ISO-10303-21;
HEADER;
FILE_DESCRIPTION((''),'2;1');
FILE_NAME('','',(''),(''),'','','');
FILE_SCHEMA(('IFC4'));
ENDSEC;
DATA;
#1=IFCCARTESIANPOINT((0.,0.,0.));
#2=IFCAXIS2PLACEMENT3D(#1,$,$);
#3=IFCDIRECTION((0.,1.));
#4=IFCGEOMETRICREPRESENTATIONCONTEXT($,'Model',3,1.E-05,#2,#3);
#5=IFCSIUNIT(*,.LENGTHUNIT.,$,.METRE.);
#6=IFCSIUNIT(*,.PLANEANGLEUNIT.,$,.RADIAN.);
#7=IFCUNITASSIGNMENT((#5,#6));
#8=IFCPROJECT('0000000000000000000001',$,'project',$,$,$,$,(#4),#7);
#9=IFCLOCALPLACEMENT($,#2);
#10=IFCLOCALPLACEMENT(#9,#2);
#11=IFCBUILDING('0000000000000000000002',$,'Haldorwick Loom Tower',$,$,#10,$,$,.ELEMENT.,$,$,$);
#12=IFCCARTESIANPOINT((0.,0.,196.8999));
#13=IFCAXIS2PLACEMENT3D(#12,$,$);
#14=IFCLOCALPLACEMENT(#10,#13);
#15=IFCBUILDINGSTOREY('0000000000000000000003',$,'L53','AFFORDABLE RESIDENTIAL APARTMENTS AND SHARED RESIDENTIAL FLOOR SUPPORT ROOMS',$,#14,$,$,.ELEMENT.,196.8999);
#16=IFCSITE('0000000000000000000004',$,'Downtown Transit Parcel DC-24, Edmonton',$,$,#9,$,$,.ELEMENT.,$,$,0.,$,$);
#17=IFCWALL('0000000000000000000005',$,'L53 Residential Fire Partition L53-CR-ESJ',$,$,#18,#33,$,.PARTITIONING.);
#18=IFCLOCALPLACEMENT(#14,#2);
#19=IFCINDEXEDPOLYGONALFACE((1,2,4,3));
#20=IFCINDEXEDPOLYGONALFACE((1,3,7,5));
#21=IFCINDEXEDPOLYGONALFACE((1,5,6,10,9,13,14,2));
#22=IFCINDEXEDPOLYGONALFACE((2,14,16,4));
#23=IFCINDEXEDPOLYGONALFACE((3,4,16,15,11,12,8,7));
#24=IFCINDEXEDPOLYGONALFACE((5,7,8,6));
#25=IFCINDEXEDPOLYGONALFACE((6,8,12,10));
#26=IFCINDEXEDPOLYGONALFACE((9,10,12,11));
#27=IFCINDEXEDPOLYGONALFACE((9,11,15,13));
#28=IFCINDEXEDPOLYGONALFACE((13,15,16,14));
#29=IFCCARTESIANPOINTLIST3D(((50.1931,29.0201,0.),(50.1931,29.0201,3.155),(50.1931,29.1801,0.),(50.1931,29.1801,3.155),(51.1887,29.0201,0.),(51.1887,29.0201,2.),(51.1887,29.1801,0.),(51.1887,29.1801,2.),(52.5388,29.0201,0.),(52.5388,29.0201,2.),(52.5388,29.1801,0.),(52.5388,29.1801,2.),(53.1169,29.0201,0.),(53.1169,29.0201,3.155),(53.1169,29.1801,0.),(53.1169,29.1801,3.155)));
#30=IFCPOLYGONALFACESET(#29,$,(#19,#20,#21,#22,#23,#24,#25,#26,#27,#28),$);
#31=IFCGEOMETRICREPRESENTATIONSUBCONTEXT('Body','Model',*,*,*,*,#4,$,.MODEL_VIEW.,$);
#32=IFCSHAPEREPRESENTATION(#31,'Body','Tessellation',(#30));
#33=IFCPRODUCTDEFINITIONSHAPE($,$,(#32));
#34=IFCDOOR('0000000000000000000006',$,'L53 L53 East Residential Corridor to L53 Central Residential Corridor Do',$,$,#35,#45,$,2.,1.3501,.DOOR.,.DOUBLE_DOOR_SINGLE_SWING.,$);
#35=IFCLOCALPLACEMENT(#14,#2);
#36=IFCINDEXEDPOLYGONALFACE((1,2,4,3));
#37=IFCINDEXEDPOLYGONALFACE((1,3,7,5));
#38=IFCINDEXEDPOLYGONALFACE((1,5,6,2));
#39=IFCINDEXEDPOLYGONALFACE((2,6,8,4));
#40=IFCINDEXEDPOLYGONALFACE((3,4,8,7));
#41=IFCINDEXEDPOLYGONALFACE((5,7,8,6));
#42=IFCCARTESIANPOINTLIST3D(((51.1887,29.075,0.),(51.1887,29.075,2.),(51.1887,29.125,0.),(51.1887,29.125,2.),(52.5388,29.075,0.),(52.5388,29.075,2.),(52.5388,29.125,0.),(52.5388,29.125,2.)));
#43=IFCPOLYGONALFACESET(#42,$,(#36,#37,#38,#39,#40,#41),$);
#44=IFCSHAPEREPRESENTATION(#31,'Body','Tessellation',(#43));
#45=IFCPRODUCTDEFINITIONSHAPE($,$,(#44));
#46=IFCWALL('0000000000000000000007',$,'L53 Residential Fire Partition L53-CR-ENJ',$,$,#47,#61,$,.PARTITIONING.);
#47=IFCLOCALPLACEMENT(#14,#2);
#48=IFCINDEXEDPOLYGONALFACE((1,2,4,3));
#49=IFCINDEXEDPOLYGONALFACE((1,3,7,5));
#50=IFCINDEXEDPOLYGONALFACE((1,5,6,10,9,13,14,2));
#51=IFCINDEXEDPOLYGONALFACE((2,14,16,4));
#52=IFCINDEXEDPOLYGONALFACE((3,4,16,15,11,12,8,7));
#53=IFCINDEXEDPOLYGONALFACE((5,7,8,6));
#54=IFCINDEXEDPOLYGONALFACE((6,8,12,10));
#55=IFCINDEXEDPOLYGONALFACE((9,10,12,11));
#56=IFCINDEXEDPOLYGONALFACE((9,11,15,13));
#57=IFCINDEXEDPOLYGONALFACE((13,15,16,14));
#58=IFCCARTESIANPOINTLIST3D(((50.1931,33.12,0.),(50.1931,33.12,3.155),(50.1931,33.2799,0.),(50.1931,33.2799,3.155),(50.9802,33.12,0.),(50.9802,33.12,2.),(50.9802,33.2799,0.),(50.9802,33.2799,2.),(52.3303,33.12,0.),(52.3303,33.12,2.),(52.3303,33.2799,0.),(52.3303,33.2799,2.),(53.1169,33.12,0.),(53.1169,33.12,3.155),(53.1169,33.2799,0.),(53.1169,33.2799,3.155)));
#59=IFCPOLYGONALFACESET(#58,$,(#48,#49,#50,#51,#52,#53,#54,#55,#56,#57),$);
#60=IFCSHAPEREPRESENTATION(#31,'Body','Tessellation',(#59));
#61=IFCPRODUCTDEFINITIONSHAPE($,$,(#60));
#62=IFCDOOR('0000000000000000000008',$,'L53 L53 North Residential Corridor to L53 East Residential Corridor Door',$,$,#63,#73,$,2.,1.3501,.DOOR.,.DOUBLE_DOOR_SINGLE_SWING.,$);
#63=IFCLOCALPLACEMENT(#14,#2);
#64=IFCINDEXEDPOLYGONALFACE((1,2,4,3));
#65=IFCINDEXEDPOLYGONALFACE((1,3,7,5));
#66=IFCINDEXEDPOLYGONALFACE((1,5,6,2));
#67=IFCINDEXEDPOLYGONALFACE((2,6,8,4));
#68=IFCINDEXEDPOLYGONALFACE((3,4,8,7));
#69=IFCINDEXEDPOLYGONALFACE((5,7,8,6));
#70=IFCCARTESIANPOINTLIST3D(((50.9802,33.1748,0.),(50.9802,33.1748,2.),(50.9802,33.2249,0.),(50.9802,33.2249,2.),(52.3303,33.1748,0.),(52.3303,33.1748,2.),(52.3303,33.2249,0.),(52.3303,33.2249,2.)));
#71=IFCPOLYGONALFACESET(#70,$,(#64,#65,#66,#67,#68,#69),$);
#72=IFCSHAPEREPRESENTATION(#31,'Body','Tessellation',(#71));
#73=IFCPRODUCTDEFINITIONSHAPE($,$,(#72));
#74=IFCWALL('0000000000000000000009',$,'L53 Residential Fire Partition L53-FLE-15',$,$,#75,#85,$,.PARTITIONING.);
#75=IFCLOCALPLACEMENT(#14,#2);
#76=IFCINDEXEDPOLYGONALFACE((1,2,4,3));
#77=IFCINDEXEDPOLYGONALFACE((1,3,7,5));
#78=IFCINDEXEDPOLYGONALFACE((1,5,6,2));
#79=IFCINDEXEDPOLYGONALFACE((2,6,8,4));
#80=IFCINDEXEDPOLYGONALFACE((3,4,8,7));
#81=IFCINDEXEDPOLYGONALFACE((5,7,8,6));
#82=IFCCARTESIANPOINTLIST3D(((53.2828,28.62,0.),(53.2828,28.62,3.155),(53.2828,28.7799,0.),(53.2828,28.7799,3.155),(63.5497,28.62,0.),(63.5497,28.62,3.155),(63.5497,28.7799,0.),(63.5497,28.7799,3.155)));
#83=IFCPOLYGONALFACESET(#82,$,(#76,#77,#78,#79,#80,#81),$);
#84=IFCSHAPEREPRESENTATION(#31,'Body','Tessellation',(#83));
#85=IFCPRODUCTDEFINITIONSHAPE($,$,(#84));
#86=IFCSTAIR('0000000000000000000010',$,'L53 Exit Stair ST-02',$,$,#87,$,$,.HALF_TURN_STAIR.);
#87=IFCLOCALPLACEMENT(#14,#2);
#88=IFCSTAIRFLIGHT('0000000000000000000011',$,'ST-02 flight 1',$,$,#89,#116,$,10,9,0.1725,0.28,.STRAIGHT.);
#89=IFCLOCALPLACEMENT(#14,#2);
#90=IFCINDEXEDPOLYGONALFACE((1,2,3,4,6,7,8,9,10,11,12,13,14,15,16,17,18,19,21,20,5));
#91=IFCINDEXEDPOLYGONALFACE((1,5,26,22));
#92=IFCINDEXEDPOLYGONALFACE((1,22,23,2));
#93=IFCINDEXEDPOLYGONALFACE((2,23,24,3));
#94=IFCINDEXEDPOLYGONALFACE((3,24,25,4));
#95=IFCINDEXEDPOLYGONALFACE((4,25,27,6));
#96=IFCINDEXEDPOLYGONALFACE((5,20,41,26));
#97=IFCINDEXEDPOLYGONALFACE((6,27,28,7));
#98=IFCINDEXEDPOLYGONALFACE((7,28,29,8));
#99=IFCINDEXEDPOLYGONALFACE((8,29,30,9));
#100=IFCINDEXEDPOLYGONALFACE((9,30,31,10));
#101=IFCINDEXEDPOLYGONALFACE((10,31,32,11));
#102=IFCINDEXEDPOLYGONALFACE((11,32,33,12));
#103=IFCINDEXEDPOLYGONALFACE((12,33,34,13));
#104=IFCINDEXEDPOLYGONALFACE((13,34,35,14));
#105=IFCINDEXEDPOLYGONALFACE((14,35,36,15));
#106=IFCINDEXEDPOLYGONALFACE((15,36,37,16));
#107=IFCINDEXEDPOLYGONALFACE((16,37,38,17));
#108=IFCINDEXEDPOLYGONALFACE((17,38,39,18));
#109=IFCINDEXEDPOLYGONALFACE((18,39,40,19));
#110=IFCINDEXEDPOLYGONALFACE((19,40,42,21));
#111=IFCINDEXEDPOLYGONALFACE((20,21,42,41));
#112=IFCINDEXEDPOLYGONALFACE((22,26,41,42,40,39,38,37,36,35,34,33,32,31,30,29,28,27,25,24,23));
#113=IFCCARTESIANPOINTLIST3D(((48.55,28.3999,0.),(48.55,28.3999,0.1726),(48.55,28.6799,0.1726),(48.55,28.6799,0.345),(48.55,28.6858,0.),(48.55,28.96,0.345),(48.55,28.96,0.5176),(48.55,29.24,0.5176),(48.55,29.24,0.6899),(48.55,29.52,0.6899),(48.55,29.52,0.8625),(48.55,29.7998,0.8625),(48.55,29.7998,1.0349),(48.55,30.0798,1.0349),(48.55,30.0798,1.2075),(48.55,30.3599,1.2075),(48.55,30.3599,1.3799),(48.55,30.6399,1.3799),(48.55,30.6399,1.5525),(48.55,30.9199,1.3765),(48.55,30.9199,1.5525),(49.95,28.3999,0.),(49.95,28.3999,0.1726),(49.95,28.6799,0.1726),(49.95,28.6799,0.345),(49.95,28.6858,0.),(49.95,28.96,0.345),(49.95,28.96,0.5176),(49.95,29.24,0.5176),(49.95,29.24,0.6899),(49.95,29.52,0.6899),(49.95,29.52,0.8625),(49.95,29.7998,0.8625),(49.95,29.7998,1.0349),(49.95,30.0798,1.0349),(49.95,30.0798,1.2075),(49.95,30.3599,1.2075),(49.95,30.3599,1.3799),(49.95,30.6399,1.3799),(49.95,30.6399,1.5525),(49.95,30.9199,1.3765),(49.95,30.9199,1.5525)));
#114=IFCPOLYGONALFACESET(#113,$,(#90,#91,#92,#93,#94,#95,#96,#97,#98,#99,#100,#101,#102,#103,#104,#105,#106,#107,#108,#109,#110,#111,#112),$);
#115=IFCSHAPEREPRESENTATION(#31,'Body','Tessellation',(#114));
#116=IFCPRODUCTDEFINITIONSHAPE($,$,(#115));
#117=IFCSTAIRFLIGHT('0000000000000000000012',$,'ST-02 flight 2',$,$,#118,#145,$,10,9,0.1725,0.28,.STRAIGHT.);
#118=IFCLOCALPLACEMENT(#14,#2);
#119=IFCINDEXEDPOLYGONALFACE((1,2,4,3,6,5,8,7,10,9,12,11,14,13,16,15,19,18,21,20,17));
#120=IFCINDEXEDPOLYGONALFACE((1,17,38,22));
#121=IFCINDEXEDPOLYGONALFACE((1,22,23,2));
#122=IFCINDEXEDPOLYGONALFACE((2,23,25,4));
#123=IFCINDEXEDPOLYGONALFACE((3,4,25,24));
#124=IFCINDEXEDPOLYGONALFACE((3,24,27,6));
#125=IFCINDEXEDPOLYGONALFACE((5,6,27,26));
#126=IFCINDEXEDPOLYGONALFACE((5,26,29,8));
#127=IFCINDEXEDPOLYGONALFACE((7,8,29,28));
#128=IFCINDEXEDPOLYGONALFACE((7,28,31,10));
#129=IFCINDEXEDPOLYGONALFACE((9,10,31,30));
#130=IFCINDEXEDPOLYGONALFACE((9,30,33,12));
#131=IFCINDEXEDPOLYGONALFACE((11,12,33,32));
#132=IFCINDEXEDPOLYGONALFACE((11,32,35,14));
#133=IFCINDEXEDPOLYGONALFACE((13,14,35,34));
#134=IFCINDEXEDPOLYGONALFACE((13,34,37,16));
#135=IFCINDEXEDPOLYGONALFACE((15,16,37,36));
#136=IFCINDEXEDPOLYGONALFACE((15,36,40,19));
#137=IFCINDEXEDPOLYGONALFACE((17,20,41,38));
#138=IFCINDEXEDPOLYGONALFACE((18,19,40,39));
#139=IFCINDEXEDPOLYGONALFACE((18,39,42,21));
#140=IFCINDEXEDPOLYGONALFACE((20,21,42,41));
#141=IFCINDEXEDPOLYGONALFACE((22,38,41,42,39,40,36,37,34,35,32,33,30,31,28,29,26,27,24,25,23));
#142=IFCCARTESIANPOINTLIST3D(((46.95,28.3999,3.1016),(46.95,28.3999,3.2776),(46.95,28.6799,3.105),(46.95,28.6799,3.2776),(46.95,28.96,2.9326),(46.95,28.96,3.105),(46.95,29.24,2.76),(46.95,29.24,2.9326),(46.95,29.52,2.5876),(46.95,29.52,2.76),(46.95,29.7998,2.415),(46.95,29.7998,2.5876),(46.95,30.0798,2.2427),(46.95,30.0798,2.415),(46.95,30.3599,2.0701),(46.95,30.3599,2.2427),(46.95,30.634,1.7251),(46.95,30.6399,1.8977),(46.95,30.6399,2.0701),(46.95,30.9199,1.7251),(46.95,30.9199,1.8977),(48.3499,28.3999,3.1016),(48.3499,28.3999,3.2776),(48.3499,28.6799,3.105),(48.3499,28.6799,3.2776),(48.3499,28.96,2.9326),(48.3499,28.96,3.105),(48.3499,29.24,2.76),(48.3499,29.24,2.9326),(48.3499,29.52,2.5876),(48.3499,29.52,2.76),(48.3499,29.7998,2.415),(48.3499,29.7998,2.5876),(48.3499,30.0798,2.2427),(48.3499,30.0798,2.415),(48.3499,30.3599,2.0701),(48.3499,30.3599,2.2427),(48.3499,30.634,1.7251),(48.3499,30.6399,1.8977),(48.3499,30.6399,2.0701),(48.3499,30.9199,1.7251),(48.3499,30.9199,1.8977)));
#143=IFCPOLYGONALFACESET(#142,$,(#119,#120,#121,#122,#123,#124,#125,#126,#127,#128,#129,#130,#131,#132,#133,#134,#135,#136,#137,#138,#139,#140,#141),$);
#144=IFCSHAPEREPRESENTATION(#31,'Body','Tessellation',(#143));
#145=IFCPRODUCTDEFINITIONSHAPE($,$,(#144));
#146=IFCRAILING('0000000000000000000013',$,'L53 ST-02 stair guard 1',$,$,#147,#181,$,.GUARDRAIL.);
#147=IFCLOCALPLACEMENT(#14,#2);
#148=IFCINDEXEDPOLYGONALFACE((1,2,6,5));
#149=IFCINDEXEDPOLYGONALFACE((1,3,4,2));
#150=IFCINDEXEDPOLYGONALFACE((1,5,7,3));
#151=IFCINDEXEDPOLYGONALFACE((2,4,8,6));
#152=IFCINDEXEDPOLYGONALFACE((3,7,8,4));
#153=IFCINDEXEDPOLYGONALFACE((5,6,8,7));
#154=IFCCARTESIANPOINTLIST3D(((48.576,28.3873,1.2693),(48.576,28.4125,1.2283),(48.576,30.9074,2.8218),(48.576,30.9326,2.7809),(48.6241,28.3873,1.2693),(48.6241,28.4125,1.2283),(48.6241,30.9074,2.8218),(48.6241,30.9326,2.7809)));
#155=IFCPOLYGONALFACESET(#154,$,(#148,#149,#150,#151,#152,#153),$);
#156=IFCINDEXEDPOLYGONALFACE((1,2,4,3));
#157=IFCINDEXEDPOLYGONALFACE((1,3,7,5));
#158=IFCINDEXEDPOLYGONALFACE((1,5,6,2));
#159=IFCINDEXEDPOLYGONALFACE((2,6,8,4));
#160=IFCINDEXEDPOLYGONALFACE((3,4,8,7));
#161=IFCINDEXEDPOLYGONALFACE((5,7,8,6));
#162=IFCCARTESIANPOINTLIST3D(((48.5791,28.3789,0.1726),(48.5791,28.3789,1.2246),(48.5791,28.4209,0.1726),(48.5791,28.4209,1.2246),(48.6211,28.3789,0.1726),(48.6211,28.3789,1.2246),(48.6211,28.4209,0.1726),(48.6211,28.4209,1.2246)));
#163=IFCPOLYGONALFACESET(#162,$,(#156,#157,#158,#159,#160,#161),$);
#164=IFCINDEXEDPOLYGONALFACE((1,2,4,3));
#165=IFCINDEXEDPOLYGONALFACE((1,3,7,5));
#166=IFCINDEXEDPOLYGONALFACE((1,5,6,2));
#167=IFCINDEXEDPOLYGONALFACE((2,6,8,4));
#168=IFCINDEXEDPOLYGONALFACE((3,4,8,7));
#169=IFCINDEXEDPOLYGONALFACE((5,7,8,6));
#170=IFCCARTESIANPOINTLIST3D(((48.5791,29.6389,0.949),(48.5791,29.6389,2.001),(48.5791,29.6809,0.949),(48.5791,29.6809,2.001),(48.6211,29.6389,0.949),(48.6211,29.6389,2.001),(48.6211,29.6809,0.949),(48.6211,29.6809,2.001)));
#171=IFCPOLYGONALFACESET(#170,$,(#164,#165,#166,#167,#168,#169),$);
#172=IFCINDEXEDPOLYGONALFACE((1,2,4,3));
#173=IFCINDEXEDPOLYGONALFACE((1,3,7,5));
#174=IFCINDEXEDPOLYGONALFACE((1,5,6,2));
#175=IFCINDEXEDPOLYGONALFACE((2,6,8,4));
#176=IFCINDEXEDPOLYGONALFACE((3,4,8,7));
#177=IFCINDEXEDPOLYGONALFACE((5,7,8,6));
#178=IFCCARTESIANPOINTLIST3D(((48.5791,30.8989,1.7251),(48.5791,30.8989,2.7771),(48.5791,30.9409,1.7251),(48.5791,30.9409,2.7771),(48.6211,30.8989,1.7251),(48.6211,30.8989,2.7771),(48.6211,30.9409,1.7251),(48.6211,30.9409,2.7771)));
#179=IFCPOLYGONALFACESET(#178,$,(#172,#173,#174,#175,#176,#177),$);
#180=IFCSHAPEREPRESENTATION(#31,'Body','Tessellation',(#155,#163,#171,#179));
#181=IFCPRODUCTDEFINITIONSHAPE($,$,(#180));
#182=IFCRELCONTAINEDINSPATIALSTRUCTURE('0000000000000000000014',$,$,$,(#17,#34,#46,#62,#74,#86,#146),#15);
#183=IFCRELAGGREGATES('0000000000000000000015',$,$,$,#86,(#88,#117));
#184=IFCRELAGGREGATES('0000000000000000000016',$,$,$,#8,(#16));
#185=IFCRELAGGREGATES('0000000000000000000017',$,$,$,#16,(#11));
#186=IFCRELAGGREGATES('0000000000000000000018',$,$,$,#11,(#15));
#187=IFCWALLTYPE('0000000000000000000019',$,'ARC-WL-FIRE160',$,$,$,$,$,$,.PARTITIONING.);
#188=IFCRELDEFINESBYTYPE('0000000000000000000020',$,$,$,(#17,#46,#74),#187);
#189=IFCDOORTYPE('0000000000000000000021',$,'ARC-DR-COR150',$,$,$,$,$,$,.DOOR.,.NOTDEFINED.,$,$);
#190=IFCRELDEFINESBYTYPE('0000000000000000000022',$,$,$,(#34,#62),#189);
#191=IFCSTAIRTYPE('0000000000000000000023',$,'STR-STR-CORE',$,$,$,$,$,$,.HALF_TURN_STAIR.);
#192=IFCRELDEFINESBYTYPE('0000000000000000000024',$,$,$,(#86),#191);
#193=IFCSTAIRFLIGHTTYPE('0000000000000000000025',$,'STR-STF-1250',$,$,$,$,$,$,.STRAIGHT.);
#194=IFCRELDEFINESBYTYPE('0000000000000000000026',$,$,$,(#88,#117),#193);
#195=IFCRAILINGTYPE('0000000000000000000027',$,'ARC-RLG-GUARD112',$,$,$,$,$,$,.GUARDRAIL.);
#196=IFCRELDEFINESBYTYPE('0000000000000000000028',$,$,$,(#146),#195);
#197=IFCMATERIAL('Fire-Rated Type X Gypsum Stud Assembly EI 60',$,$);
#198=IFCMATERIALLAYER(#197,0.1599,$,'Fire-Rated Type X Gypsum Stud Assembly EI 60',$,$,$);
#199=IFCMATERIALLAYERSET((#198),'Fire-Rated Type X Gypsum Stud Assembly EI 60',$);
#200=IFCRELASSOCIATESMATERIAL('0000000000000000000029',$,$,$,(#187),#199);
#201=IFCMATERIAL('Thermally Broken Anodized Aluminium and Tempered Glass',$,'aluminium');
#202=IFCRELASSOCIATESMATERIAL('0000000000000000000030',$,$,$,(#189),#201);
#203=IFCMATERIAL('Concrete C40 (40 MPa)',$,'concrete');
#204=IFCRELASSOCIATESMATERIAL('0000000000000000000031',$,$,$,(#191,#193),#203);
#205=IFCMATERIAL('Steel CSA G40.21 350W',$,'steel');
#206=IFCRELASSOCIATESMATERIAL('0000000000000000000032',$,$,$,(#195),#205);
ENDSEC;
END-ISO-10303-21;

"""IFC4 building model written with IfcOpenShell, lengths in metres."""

from ifc_helpers import new_model, si_unit, direction, frame, frame_2d, origin, origin_2d, place, context, subcontext, project, spatial, polyline, rectangle, outline, extrude, material, layer, layer_set, type_object, element, fill, aggregate, save


model = new_model("IFC4")

# Units and contexts
model_context = context("Model", 3, precision=1e-05, world=origin(), true_north=direction((0.0, 1.0)))
body_context = subcontext(model_context, "Body", "Model", "MODEL_VIEW")
ifc_project = project(units=[si_unit("LENGTHUNIT", "METRE"), si_unit("PLANEANGLEUNIT", "RADIAN")], contexts=[model_context])

# Site, building, storey
site_placement = place(None, origin())
site = spatial("IfcSite", under=ifc_project, at=site_placement, Name="Downtown Transit Parcel DC-24, Edmonton", CompositionType="ELEMENT", RefElevation=0.0)
building_placement = place(site_placement, origin())
building = spatial("IfcBuilding", under=site, at=building_placement, Name="Haldorwick Loom Tower", CompositionType="ELEMENT")
storey_placement = place(building_placement, frame((0.0, 0.0, 196.8999)))
storey = spatial("IfcBuildingStorey", under=building, at=storey_placement, Name="L53", Description="AFFORDABLE RESIDENTIAL APARTMENTS AND SHARED RESIDENTIAL FLOOR SUPPORT ROOMS", CompositionType="ELEMENT", Elevation=196.8999)

# Shared definitions
ifc_material_1 = material(Name="Steel CSA G40.21 350W", Category="steel")

# Walls, openings, doors
ifc_material_2 = material(Name="Fire-Rated Type X Gypsum Stud Assembly EI 60")
ifc_layer_1 = layer(ifc_material_2, 0.1599, Name="Fire-Rated Type X Gypsum Stud Assembly EI 60")
ifc_layer_set_1 = layer_set([ifc_layer_1], Name="Fire-Rated Type X Gypsum Stud Assembly EI 60")
wall_type_1 = type_object("IfcWallType", Name="ARC-WL-FIRE160", PredefinedType="PARTITIONING", material=ifc_layer_set_1)
wall_1_placement = place(storey_placement, frame((50.1931, 29.1001, 0.0), z_axis=(0.0, 0.0, 1.0), x_axis=(1.0, 0.0, 0.0)))
wall_1 = element("IfcWall", 1, at=wall_1_placement, inside=storey, type_object=wall_type_1, Name="L53 Residential Fire Partition L53-CR-ESJ", PredefinedType="PARTITIONING", context=body_context, shape_type="SweptSolid", body=[
    extrude(rectangle(XDim=2.9238, YDim=0.1599, at=frame_2d((1.4619, 0.0))), origin(), (0.0, 0.0, 1.0), 3.155),
])
opening_1_placement = place(wall_1_placement, frame((0.9956, 0.0, 0.0)))
opening_1 = element("IfcOpeningElement", 2, at=opening_1_placement, cuts=wall_1, PredefinedType="OPENING", context=body_context, shape_type="SweptSolid", body=[
    extrude(rectangle(XDim=1.3501, YDim=2.0, at=frame_2d((0.675, 1.0))), frame((0.0, 0.0898, 0.0), z_axis=(0.0, -1.0, 0.0), x_axis=(1.0, 0.0, 0.0)), (0.0, 0.0, 1.0), 0.1799),
])
ifc_material_3 = material(Name="Thermally Broken Anodized Aluminium and Tempered Glass", Category="aluminium")
door_type = type_object("IfcDoorType", Name="ARC-DR-COR150", OperationType="NOTDEFINED", PredefinedType="DOOR", material=ifc_material_3)
door_1_placement = place(opening_1_placement, origin())
door_1 = element("IfcDoor", 3, at=door_1_placement, inside=storey, type_object=door_type, Name="L53 L53 East Residential Corridor to L53 Central Residential Corridor Do", OperationType="DOUBLE_DOOR_SINGLE_SWING", OverallHeight=2.0, OverallWidth=1.3501, PredefinedType="DOOR", context=body_context, shape_type="SweptSolid", body=[
    extrude(rectangle(XDim=1.3501, YDim=2.0, at=frame_2d((0.675, 1.0))), frame((0.0, 0.0249, 0.0), z_axis=(0.0, -1.0, 0.0), x_axis=(1.0, 0.0, 0.0)), (0.0, 0.0, 1.0), 0.05),
])
fill(opening_1, door_1)
wall_2_placement = place(storey_placement, frame((50.1931, 33.2, 0.0), z_axis=(0.0, 0.0, 1.0), x_axis=(1.0, 0.0, 0.0)))
wall_2 = element("IfcWall", 4, at=wall_2_placement, inside=storey, type_object=wall_type_1, Name="L53 Residential Fire Partition L53-CR-ENJ", PredefinedType="PARTITIONING", context=body_context, shape_type="SweptSolid", body=[
    extrude(rectangle(XDim=2.9238, YDim=0.1599, at=frame_2d((1.4619, 0.0))), origin(), (0.0, 0.0, 1.0), 3.155),
])
opening_2_placement = place(wall_2_placement, frame((0.7871, 0.0, 0.0)))
opening_2 = element("IfcOpeningElement", 5, at=opening_2_placement, cuts=wall_2, PredefinedType="OPENING", context=body_context, shape_type="SweptSolid", body=[
    extrude(rectangle(XDim=1.3501, YDim=2.0, at=frame_2d((0.675, 1.0))), frame((0.0, 0.0898, 0.0), z_axis=(0.0, -1.0, 0.0), x_axis=(1.0, 0.0, 0.0)), (0.0, 0.0, 1.0), 0.1799),
])
door_2_placement = place(opening_2_placement, origin())
door_2 = element("IfcDoor", 6, at=door_2_placement, inside=storey, type_object=door_type, Name="L53 L53 North Residential Corridor to L53 East Residential Corridor Door", OperationType="DOUBLE_DOOR_SINGLE_SWING", OverallHeight=2.0, OverallWidth=1.3501, PredefinedType="DOOR", context=body_context, shape_type="SweptSolid", body=[
    extrude(rectangle(XDim=1.3501, YDim=2.0, at=frame_2d((0.675, 1.0))), frame((0.0, 0.0249, 0.0), z_axis=(0.0, -1.0, 0.0), x_axis=(1.0, 0.0, 0.0)), (0.0, 0.0, 1.0), 0.05),
])
fill(opening_2, door_2)

# Wall
wall_3_placement = place(storey_placement, frame((53.283, 28.7, 0.0), z_axis=(0.0, 0.0, 1.0), x_axis=(1.0, 0.0, 0.0)))
element("IfcWall", 7, at=wall_3_placement, inside=storey, type_object=wall_type_1, Name="L53 Residential Fire Partition L53-FLE-15", PredefinedType="PARTITIONING", context=body_context, shape_type="SweptSolid", body=[
    extrude(rectangle(XDim=10.2668, YDim=0.1599, at=frame_2d((5.1333, 0.0))), origin(), (0.0, 0.0, 1.0), 3.155),
])

# Stair, stair flights
ifc_material_4 = material(Name="Concrete C40 (40 MPa)", Category="concrete")
stair_type = type_object("IfcStairType", Name="STR-STR-CORE", PredefinedType="HALF_TURN_STAIR", material=ifc_material_4)
stair_placement = place(storey_placement, origin())
stair = element("IfcStair", 8, at=stair_placement, inside=storey, type_object=stair_type, Name="L53 Exit Stair ST-02", PredefinedType="HALF_TURN_STAIR")
stair_flight_type = type_object("IfcStairFlightType", Name="STR-STF-1250", PredefinedType="STRAIGHT", material=ifc_material_4)
stair_flight_1_placement = place(storey_placement, frame((49.25, 28.3999, 0.0), z_axis=(0.0, 0.0, 1.0), x_axis=(0.0, 1.0, 0.0)))
stair_flight_1 = element("IfcStairFlight", 9, at=stair_flight_1_placement, type_object=stair_flight_type, Name="ST-02 flight 1", NumberOfRisers=10, NumberOfTreads=9, PredefinedType="STRAIGHT", RiserHeight=0.1725, TreadLength=0.28, context=body_context, shape_type="SweptSolid", body=[
    extrude(outline(polyline([(0.0, 0.0), (0.0, 0.1726), (0.28, 0.1726), (0.28, 0.345), (0.5601, 0.345), (0.5601, 0.5176), (0.8401, 0.5176), (0.8401, 0.6899), (1.1201, 0.6899), (1.1201, 0.8625), (1.3999, 0.8625), (1.3999, 1.0349), (1.6799, 1.0349), (1.6799, 1.2075), (1.96, 1.2075), (1.96, 1.3799), (2.24, 1.3799), (2.24, 1.5525), (2.52, 1.5525), (2.52, 1.7251), (2.52, 1.3765), (0.2859, 0.0), (0.0, 0.0)])), frame((0.0, 0.7, 0.0), z_axis=(0.0, -1.0, 0.0), x_axis=(1.0, 0.0, 0.0)), (0.0, 0.0, 1.0), 1.3999),
])
stair_flight_2_placement = place(storey_placement, frame((47.6499, 30.9199, 1.7251), z_axis=(0.0, 0.0, 1.0), x_axis=(0.0, -1.0, 0.0)))
stair_flight_2 = element("IfcStairFlight", 10, at=stair_flight_2_placement, type_object=stair_flight_type, Name="ST-02 flight 2", NumberOfRisers=10, NumberOfTreads=9, PredefinedType="STRAIGHT", RiserHeight=0.1725, TreadLength=0.28, context=body_context, shape_type="SweptSolid", body=[
    extrude(outline(polyline([(0.0, 0.0), (0.0, 0.1726), (0.28, 0.1726), (0.28, 0.345), (0.5601, 0.345), (0.5601, 0.5176), (0.8401, 0.5176), (0.8401, 0.6899), (1.1201, 0.6899), (1.1201, 0.8625), (1.3999, 0.8625), (1.3999, 1.0349), (1.6799, 1.0349), (1.6799, 1.2075), (1.96, 1.2075), (1.96, 1.3799), (2.24, 1.3799), (2.24, 1.5525), (2.52, 1.5525), (2.52, 1.7251), (2.52, 1.3765), (0.2859, 0.0), (0.0, 0.0)])), frame((0.0, 0.7, 0.0), z_axis=(0.0, -1.0, 0.0), x_axis=(1.0, 0.0, 0.0)), (0.0, 0.0, 1.0), 1.3999),
])
aggregate(stair, [stair_flight_1, stair_flight_2])

# Railing
railing_type_1 = type_object("IfcRailingType", Name="ARC-RLG-GUARD112", PredefinedType="GUARDRAIL", material=ifc_material_1)
railing_1_placement = place(storey_placement, frame((48.6001, 28.3999, 0.1726)))
element("IfcRailing", 11, at=railing_1_placement, inside=storey, type_object=railing_type_1, Name="L53 ST-02 stair guard 1", PredefinedType="GUARDRAIL", context=body_context, shape_type="SweptSolid", body=[
    extrude(rectangle(XDim=0.0481, YDim=0.0481, at=origin_2d()), frame((0.0, 0.0, 1.0762), z_axis=(0.0, 0.8514, 0.524516), x_axis=(-1.0, 0.0, 0.0)), (0.0, 0.0, 1.0), 2.96),
    extrude(rectangle(XDim=0.042, YDim=0.042, at=origin_2d()), origin(), (0.0, 0.0, 1.0), 1.052),
    extrude(rectangle(XDim=0.042, YDim=0.042, at=origin_2d()), frame((0.0, 1.26, 0.7764)), (0.0, 0.0, 1.0), 1.052),
    extrude(rectangle(XDim=0.042, YDim=0.042, at=origin_2d()), frame((0.0, 2.52, 1.5525)), (0.0, 0.0, 1.0), 1.052),
])

save(model, "model.ifc")
